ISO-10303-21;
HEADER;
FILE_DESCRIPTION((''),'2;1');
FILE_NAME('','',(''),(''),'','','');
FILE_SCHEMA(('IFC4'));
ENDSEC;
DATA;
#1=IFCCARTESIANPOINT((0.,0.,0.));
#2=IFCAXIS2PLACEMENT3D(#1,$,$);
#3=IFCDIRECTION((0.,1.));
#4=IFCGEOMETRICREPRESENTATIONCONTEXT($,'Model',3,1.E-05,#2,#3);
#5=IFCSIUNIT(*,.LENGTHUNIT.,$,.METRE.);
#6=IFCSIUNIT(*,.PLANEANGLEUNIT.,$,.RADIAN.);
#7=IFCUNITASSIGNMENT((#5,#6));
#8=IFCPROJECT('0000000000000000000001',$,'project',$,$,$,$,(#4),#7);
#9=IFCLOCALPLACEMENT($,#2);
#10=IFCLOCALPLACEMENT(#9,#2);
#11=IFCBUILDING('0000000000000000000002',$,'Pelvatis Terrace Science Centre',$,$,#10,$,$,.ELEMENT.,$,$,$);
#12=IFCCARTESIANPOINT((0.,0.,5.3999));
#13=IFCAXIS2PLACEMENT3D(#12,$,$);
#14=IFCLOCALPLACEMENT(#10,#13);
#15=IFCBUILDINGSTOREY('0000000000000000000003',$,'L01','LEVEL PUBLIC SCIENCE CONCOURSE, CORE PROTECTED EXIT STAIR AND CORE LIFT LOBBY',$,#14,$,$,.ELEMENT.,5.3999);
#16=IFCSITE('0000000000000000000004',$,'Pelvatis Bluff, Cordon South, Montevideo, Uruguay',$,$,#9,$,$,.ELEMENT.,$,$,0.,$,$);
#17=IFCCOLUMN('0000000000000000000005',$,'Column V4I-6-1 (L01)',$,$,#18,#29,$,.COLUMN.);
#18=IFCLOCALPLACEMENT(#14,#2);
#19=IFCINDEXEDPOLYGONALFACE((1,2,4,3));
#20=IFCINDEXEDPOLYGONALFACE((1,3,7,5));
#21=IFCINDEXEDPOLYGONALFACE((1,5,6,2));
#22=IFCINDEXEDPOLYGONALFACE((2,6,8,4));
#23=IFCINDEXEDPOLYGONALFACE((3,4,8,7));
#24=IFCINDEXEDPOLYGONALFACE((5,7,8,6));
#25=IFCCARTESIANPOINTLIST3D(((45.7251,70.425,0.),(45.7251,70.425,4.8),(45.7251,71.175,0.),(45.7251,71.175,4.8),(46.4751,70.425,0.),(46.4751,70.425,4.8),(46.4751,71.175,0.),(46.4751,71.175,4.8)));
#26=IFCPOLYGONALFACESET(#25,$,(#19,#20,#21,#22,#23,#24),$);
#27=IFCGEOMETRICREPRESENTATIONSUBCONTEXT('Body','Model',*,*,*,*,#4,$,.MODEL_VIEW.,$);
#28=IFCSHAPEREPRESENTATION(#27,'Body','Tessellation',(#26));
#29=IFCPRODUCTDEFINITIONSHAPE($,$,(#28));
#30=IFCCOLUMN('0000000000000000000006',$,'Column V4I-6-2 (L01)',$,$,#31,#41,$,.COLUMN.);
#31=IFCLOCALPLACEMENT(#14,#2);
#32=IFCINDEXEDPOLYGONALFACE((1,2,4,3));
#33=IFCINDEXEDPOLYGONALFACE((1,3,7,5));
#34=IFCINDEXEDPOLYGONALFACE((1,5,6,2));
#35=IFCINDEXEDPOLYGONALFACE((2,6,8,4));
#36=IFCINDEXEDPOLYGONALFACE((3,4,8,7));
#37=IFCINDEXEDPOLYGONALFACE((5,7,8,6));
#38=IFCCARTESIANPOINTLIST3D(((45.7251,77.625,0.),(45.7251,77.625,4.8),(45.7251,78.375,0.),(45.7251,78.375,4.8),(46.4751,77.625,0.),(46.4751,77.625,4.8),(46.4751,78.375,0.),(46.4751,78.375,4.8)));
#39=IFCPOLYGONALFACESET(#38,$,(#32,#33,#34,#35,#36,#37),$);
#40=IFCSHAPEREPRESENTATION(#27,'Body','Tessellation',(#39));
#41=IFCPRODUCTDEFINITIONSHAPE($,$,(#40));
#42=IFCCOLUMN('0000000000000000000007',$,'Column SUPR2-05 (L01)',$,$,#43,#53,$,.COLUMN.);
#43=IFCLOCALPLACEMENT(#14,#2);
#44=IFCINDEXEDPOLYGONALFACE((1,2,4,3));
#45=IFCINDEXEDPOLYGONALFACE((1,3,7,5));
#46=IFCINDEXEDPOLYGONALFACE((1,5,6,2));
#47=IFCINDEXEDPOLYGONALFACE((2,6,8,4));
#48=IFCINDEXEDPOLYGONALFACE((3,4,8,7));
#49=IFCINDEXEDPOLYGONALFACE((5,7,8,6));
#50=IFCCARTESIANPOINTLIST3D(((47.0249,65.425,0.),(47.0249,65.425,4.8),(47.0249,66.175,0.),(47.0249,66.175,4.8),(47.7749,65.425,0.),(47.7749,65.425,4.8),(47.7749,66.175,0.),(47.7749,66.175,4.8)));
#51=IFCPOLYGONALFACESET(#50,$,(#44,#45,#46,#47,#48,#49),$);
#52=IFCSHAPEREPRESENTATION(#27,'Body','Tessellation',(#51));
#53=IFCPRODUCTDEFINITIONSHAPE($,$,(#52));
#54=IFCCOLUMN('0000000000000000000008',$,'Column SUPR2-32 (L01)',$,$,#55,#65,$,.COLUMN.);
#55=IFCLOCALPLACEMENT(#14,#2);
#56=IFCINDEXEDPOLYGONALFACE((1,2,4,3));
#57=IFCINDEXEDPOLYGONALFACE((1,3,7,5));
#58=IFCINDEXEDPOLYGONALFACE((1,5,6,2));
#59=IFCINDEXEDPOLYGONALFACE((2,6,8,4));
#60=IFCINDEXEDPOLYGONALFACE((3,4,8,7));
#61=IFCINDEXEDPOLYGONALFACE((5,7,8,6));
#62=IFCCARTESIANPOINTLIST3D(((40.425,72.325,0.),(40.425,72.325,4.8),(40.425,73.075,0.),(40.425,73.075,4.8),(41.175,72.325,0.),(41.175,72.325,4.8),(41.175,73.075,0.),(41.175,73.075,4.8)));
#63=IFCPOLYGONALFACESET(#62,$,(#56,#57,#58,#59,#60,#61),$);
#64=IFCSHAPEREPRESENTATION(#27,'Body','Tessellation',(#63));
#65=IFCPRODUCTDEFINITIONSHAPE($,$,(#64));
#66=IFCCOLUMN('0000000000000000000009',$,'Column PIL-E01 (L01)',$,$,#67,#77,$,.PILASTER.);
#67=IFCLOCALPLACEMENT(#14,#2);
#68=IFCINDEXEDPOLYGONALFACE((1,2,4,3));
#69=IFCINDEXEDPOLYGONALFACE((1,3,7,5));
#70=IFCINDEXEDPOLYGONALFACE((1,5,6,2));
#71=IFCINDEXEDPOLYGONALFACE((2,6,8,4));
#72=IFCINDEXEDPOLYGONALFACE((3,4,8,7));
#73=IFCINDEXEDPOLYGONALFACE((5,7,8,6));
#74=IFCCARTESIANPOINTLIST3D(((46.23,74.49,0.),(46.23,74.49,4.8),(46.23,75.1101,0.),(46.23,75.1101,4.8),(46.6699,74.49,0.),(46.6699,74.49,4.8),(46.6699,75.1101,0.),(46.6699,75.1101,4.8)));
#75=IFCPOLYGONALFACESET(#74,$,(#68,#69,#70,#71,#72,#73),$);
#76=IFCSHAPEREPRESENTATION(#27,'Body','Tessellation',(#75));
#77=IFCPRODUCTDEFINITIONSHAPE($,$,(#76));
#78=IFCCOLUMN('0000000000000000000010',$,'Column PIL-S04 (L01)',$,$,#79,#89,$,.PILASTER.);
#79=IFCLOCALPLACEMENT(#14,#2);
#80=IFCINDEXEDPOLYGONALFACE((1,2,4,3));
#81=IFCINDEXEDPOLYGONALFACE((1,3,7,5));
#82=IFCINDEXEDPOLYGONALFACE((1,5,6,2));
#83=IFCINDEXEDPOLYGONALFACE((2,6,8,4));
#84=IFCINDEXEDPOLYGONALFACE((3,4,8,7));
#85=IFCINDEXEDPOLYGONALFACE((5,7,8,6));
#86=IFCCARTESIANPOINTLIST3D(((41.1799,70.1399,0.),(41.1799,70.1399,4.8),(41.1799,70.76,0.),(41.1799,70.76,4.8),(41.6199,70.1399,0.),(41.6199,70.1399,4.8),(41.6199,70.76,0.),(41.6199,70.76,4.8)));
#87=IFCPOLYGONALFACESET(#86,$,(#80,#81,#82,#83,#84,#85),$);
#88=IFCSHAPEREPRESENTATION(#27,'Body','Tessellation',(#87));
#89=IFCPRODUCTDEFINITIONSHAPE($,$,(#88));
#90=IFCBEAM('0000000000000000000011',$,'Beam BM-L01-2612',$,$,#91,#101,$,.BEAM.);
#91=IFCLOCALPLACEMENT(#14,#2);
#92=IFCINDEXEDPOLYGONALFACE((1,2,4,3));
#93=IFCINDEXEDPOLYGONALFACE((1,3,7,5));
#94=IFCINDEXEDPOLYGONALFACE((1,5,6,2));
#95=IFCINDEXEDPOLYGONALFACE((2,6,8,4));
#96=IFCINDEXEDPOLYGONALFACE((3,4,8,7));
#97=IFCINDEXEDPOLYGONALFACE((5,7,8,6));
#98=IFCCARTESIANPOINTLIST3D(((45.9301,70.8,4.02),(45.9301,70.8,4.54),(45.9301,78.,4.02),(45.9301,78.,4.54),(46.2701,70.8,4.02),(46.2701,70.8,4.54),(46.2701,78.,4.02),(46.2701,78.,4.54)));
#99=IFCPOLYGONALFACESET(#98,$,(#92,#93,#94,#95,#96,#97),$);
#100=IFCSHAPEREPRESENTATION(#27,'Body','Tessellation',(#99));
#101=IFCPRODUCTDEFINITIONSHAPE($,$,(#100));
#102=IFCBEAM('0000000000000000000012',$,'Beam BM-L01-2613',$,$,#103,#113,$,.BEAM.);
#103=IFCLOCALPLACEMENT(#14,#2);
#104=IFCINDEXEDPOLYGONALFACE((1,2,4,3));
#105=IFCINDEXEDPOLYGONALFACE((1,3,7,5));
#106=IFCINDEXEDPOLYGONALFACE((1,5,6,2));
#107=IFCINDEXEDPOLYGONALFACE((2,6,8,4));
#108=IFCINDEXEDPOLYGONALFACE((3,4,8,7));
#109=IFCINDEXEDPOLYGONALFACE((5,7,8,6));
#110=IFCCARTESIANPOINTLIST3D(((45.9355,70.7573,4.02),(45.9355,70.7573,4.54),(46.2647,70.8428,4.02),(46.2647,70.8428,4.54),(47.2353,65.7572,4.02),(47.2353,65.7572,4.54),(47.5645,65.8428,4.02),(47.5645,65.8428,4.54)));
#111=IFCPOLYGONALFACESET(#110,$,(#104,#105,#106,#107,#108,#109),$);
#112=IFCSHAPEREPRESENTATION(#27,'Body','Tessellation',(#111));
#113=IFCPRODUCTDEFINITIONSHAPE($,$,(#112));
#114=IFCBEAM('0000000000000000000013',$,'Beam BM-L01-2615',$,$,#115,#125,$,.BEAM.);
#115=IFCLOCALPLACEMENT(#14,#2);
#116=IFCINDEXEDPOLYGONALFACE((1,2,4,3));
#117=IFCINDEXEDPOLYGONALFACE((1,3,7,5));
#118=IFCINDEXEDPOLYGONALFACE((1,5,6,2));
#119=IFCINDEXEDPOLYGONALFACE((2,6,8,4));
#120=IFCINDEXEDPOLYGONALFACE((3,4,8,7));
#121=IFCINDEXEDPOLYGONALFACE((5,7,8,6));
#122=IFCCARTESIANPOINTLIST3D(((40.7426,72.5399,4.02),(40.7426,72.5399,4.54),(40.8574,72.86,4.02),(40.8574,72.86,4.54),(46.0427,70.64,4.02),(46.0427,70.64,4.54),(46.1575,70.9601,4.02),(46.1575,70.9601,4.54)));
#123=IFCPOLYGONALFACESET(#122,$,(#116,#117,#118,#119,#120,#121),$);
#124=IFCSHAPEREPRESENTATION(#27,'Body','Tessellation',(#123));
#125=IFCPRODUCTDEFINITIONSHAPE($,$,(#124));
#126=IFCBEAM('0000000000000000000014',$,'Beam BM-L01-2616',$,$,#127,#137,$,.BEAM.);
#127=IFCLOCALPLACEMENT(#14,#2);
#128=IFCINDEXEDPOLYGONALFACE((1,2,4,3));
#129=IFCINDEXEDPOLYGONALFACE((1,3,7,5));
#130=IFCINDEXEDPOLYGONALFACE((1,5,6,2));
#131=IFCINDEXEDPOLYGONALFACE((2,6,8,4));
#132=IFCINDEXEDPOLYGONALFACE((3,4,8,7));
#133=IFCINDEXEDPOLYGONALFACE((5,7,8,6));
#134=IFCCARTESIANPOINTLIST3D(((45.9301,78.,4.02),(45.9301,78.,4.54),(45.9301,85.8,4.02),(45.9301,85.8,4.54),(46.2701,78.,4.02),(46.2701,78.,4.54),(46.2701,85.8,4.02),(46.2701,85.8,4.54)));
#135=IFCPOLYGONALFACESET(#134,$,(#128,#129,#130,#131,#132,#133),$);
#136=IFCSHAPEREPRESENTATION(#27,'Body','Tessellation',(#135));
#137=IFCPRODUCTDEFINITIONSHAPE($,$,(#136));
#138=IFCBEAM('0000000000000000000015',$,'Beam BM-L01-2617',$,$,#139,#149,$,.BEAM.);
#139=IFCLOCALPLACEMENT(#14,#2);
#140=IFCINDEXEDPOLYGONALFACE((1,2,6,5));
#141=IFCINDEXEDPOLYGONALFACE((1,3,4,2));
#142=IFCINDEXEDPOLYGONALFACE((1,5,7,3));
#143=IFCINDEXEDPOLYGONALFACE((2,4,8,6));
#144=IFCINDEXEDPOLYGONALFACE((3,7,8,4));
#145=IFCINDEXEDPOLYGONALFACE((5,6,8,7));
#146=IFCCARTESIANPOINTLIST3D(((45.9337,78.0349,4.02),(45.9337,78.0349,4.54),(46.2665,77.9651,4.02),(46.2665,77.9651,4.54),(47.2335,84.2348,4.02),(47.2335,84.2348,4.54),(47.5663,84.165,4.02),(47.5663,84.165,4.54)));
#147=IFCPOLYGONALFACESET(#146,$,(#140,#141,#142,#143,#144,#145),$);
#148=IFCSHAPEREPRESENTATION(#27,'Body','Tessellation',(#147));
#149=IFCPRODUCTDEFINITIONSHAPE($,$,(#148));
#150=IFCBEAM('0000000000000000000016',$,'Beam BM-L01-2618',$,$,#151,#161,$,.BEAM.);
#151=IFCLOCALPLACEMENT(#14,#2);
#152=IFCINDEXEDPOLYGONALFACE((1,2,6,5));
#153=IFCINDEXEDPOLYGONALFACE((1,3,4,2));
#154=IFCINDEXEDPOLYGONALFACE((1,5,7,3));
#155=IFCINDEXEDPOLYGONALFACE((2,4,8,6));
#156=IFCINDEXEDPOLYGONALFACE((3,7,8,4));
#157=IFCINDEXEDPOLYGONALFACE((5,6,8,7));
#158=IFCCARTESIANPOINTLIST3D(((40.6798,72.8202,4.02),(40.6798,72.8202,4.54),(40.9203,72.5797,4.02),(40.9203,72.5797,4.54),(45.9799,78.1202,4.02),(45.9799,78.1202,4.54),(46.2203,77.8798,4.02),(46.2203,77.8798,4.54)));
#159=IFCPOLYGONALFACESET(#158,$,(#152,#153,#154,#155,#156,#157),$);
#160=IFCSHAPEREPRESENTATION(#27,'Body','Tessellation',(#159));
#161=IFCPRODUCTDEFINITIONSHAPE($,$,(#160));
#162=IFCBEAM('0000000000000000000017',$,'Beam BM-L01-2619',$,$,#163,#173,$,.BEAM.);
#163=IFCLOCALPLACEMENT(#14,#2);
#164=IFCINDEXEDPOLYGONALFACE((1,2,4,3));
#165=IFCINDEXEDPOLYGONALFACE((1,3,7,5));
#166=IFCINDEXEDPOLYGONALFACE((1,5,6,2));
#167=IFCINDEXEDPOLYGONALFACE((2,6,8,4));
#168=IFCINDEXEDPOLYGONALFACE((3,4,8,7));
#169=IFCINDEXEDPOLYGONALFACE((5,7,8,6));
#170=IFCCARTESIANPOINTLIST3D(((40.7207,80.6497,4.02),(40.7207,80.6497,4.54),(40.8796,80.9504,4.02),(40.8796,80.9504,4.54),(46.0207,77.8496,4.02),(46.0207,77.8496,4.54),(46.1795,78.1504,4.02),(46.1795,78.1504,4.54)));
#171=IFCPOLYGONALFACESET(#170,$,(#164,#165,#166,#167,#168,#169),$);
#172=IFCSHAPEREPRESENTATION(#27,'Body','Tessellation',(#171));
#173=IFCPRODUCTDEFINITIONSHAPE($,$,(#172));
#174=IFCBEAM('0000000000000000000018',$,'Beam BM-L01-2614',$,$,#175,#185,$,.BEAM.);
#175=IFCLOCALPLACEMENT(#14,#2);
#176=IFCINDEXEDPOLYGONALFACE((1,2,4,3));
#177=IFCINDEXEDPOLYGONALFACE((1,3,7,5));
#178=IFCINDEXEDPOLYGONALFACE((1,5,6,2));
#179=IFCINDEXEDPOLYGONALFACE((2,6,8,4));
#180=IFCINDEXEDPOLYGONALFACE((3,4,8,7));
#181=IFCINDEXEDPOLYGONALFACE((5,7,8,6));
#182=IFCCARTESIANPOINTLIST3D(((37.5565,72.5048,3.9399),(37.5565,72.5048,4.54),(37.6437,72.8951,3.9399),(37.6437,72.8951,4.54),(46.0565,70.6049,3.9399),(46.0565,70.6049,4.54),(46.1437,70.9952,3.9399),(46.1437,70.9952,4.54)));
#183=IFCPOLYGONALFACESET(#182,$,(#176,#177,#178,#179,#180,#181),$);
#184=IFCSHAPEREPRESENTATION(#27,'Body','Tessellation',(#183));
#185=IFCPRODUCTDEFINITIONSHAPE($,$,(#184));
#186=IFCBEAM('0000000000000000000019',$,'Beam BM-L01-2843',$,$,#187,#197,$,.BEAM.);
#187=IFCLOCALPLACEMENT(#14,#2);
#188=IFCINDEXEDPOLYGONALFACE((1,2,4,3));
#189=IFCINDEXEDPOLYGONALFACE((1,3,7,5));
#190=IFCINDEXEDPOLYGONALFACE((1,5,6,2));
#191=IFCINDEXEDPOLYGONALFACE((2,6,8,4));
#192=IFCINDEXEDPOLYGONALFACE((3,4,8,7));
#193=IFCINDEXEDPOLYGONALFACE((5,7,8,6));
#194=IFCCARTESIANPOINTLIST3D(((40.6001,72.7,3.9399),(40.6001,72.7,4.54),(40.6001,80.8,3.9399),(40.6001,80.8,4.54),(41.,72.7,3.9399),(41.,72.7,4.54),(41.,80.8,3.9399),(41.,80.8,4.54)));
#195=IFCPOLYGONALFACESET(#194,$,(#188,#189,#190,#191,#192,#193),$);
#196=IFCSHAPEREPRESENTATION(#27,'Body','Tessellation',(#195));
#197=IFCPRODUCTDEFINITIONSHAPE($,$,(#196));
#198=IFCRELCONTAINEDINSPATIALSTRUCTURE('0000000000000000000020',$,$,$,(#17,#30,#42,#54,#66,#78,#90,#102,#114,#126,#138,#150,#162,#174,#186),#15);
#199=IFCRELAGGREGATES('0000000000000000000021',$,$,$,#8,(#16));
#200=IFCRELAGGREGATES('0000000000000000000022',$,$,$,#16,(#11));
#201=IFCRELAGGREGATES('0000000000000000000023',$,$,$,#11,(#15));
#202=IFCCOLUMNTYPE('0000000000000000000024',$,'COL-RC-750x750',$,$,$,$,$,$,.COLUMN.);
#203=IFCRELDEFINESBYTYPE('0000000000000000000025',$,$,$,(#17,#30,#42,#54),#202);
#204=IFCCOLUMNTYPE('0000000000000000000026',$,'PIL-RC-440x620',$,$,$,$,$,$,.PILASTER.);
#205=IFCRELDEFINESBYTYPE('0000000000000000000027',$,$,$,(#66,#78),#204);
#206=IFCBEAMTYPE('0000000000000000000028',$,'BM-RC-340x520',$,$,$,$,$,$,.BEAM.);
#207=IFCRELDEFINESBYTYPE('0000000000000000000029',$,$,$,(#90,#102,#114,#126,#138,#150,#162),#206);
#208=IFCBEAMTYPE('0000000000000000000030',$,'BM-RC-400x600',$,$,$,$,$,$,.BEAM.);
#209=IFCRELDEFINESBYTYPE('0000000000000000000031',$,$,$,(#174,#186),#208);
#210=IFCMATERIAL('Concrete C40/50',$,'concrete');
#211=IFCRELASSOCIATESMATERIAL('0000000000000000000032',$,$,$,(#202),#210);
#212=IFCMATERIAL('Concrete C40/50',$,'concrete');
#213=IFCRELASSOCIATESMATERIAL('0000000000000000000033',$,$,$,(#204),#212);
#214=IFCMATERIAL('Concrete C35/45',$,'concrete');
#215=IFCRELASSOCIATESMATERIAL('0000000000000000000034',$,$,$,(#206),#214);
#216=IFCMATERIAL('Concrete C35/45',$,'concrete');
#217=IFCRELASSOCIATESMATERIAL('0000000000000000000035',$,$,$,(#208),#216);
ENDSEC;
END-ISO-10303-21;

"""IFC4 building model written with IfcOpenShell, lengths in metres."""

from ifc_helpers import new_model, si_unit, direction, frame, origin, origin_2d, place, context, subcontext, project, spatial, rectangle, extrude, material, material_profile, profile_set, type_object, element, save


model = new_model("IFC4")

# Units and contexts
model_context = context("Model", 3, precision=1e-05, world=origin(), true_north=direction((0.0, 1.0)))
body_context = subcontext(model_context, "Body", "Model", "MODEL_VIEW")
ifc_project = project(units=[si_unit("LENGTHUNIT", "METRE"), si_unit("PLANEANGLEUNIT", "RADIAN")], contexts=[model_context])

# Site, building, storey
site_placement = place(None, origin())
site = spatial("IfcSite", under=ifc_project, at=site_placement, Name="Pelvatis Bluff, Cordon South, Montevideo, Uruguay", CompositionType="ELEMENT", RefElevation=0.0)
building_placement = place(site_placement, origin())
building = spatial("IfcBuilding", under=site, at=building_placement, Name="Pelvatis Terrace Science Centre", CompositionType="ELEMENT")
storey_placement = place(building_placement, frame((0.0, 0.0, 5.3999)))
storey = spatial("IfcBuildingStorey", under=building, at=storey_placement, Name="L01", Description="LEVEL PUBLIC SCIENCE CONCOURSE, CORE PROTECTED EXIT STAIR AND CORE LIFT LOBBY", CompositionType="ELEMENT", Elevation=5.3999)

# Columns
ifc_material_1 = material(Name="Concrete C40/50", Category="concrete")
ifc_material_profile_1 = material_profile(ifc_material_1, rectangle(XDim=0.75, YDim=0.75, at=origin_2d()), Name="RC-COL 750x750")
ifc_profile_set_1 = profile_set([ifc_material_profile_1], Name="Concrete C40/50")
column_type_1 = type_object("IfcColumnType", Name="COL-RC-750x750", PredefinedType="COLUMN", material=ifc_profile_set_1)
for number, where, z_axis, x_axis, name in (
    (1, (46.1001, 70.8, 0.0), (0.0, 0.0, 1.0), (1.0, 0.0, 0.0), "Column V4I-6-1 (L01)"),
    (2, (46.1001, 78.0, 0.0), (0.0, 0.0, 1.0), (1.0, 0.0, 0.0), "Column V4I-6-2 (L01)"),
    (3, (47.3999, 65.8, 0.0), (0.0, 0.0, 1.0), (1.0, 0.0, 0.0), "Column SUPR2-05 (L01)"),
    (4, (40.8, 72.7, 0.0), (0.0, 0.0, 1.0), (1.0, 0.0, 0.0), "Column SUPR2-32 (L01)"),
):
    element("IfcColumn", number, at=place(storey_placement, frame(where, z_axis=z_axis, x_axis=x_axis)), inside=storey, type_object=column_type_1, Name=name, PredefinedType="COLUMN", context=body_context, shape_type="SweptSolid", body=[
        extrude(rectangle(XDim=0.75, YDim=0.75, at=origin_2d()), origin(), (0.0, 0.0, 1.0), 4.8),
    ])
ifc_material_2 = material(Name="Concrete C40/50", Category="concrete")
ifc_material_profile_2 = material_profile(ifc_material_2, rectangle(XDim=0.4399, YDim=0.6201, at=origin_2d()), Name="RC-PIL 440x620")
ifc_profile_set_2 = profile_set([ifc_material_profile_2], Name="Concrete C40/50")
column_type_2 = type_object("IfcColumnType", Name="PIL-RC-440x620", PredefinedType="PILASTER", material=ifc_profile_set_2)
for number, where, z_axis, x_axis, name in (
    (5, (46.45, 74.8, 0.0), (0.0, 0.0, 1.0), (1.0, 0.0, 0.0), "Column PIL-E01 (L01)"),
    (6, (41.3999, 70.45, 0.0), (0.0, 0.0, 1.0), (1.0, 0.0, 0.0), "Column PIL-S04 (L01)"),
):
    element("IfcColumn", number, at=place(storey_placement, frame(where, z_axis=z_axis, x_axis=x_axis)), inside=storey, type_object=column_type_2, Name=name, PredefinedType="PILASTER", context=body_context, shape_type="SweptSolid", body=[
        extrude(rectangle(XDim=0.4399, YDim=0.6201, at=origin_2d()), origin(), (0.0, 0.0, 1.0), 4.8),
    ])

# Beams
ifc_material_3 = material(Name="Concrete C35/45", Category="concrete")
ifc_material_profile_3 = material_profile(ifc_material_3, rectangle(XDim=0.3401, YDim=0.52, at=origin_2d()), Name="RC-BM 340x520")
ifc_profile_set_3 = profile_set([ifc_material_profile_3], Name="Concrete C35/45")
beam_type_1 = type_object("IfcBeamType", Name="BM-RC-340x520", PredefinedType="BEAM", material=ifc_profile_set_3)
beam_1_placement = place(storey_placement, frame((46.1001, 70.8, 4.28), z_axis=(0.0, 1.0, 0.0), x_axis=(-1.0, 0.0, 0.0)))
element("IfcBeam", 7, at=beam_1_placement, inside=storey, type_object=beam_type_1, Name="Beam BM-L01-2612", PredefinedType="BEAM", context=body_context, shape_type="SweptSolid", body=[
    extrude(rectangle(XDim=0.3401, YDim=0.52, at=origin_2d()), origin(), (0.0, 0.0, 1.0), 7.2),
])
beam_2_placement = place(storey_placement, frame((46.1001, 70.8, 4.28), z_axis=(0.251598, -0.967832, 0.0), x_axis=(0.967832, 0.251598, 0.0)))
element("IfcBeam", 8, at=beam_2_placement, inside=storey, type_object=beam_type_1, Name="Beam BM-L01-2613", PredefinedType="BEAM", context=body_context, shape_type="SweptSolid", body=[
    extrude(rectangle(XDim=0.3401, YDim=0.52, at=origin_2d()), origin(), (0.0, 0.0, 1.0), 5.1663),
])
beam_3_placement = place(storey_placement, frame((46.1001, 70.8, 4.28), z_axis=(-0.941346, 0.337443, 0.0), x_axis=(-0.337443, -0.941346, 0.0)))
element("IfcBeam", 9, at=beam_3_placement, inside=storey, type_object=beam_type_1, Name="Beam BM-L01-2615", PredefinedType="BEAM", context=body_context, shape_type="SweptSolid", body=[
    extrude(rectangle(XDim=0.3401, YDim=0.52, at=origin_2d()), origin(), (0.0, 0.0, 1.0), 5.6304),
])
beam_4_placement = place(storey_placement, frame((46.1001, 78.0, 4.28), z_axis=(0.0, 1.0, 0.0), x_axis=(-1.0, 0.0, 0.0)))
element("IfcBeam", 10, at=beam_4_placement, inside=storey, type_object=beam_type_1, Name="Beam BM-L01-2616", PredefinedType="BEAM", context=body_context, shape_type="SweptSolid", body=[
    extrude(rectangle(XDim=0.3401, YDim=0.52, at=origin_2d()), origin(), (0.0, 0.0, 1.0), 7.8),
])
beam_5_placement = place(storey_placement, frame((46.1001, 78.0, 4.28), z_axis=(0.205187, 0.978723, 0.0), x_axis=(-0.978723, 0.205187, 0.0)))
element("IfcBeam", 11, at=beam_5_placement, inside=storey, type_object=beam_type_1, Name="Beam BM-L01-2617", PredefinedType="BEAM", context=body_context, shape_type="SweptSolid", body=[
    extrude(rectangle(XDim=0.3401, YDim=0.52, at=origin_2d()), origin(), (0.0, 0.0, 1.0), 6.3347),
])
beam_6_placement = place(storey_placement, frame((46.1001, 78.0, 4.28), z_axis=(-0.707107, -0.707107, 0.0), x_axis=(0.707107, -0.707107, 0.0)))
element("IfcBeam", 12, at=beam_6_placement, inside=storey, type_object=beam_type_1, Name="Beam BM-L01-2618", PredefinedType="BEAM", context=body_context, shape_type="SweptSolid", body=[
    extrude(rectangle(XDim=0.3401, YDim=0.52, at=origin_2d()), origin(), (0.0, 0.0, 1.0), 7.4954),
])
beam_7_placement = place(storey_placement, frame((46.1001, 78.0, 4.28), z_axis=(-0.884192, 0.467124, 0.0), x_axis=(-0.467124, -0.884192, 0.0)))
element("IfcBeam", 13, at=beam_7_placement, inside=storey, type_object=beam_type_1, Name="Beam BM-L01-2619", PredefinedType="BEAM", context=body_context, shape_type="SweptSolid", body=[
    extrude(rectangle(XDim=0.3401, YDim=0.52, at=origin_2d()), origin(), (0.0, 0.0, 1.0), 5.9941),
])
ifc_material_4 = material(Name="Concrete C35/45", Category="concrete")
ifc_material_profile_4 = material_profile(ifc_material_4, rectangle(XDim=0.3999, YDim=0.6001, at=origin_2d()), Name="RC-BM 400x600")
ifc_profile_set_4 = profile_set([ifc_material_profile_4], Name="Concrete C35/45")
beam_type_2 = type_object("IfcBeamType", Name="BM-RC-400x600", PredefinedType="BEAM", material=ifc_profile_set_4)
beam_8_placement = place(storey_placement, frame((46.1001, 70.8, 4.24), z_axis=(-0.975919, 0.218135, 0.0), x_axis=(-0.218135, -0.975919, 0.0)))
element("IfcBeam", 14, at=beam_8_placement, inside=storey, type_object=beam_type_2, Name="Beam BM-L01-2614", PredefinedType="BEAM", context=body_context, shape_type="SweptSolid", body=[
    extrude(rectangle(XDim=0.3999, YDim=0.6001, at=origin_2d()), origin(), (0.0, 0.0, 1.0), 8.7097),
])
beam_9_placement = place(storey_placement, frame((40.8, 72.7, 4.24), z_axis=(0.0, 1.0, 0.0), x_axis=(-1.0, 0.0, 0.0)))
element("IfcBeam", 15, at=beam_9_placement, inside=storey, type_object=beam_type_2, Name="Beam BM-L01-2843", PredefinedType="BEAM", context=body_context, shape_type="SweptSolid", body=[
    extrude(rectangle(XDim=0.3999, YDim=0.6001, at=origin_2d()), origin(), (0.0, 0.0, 1.0), 8.1001),
])

save(model, "model.ifc")
